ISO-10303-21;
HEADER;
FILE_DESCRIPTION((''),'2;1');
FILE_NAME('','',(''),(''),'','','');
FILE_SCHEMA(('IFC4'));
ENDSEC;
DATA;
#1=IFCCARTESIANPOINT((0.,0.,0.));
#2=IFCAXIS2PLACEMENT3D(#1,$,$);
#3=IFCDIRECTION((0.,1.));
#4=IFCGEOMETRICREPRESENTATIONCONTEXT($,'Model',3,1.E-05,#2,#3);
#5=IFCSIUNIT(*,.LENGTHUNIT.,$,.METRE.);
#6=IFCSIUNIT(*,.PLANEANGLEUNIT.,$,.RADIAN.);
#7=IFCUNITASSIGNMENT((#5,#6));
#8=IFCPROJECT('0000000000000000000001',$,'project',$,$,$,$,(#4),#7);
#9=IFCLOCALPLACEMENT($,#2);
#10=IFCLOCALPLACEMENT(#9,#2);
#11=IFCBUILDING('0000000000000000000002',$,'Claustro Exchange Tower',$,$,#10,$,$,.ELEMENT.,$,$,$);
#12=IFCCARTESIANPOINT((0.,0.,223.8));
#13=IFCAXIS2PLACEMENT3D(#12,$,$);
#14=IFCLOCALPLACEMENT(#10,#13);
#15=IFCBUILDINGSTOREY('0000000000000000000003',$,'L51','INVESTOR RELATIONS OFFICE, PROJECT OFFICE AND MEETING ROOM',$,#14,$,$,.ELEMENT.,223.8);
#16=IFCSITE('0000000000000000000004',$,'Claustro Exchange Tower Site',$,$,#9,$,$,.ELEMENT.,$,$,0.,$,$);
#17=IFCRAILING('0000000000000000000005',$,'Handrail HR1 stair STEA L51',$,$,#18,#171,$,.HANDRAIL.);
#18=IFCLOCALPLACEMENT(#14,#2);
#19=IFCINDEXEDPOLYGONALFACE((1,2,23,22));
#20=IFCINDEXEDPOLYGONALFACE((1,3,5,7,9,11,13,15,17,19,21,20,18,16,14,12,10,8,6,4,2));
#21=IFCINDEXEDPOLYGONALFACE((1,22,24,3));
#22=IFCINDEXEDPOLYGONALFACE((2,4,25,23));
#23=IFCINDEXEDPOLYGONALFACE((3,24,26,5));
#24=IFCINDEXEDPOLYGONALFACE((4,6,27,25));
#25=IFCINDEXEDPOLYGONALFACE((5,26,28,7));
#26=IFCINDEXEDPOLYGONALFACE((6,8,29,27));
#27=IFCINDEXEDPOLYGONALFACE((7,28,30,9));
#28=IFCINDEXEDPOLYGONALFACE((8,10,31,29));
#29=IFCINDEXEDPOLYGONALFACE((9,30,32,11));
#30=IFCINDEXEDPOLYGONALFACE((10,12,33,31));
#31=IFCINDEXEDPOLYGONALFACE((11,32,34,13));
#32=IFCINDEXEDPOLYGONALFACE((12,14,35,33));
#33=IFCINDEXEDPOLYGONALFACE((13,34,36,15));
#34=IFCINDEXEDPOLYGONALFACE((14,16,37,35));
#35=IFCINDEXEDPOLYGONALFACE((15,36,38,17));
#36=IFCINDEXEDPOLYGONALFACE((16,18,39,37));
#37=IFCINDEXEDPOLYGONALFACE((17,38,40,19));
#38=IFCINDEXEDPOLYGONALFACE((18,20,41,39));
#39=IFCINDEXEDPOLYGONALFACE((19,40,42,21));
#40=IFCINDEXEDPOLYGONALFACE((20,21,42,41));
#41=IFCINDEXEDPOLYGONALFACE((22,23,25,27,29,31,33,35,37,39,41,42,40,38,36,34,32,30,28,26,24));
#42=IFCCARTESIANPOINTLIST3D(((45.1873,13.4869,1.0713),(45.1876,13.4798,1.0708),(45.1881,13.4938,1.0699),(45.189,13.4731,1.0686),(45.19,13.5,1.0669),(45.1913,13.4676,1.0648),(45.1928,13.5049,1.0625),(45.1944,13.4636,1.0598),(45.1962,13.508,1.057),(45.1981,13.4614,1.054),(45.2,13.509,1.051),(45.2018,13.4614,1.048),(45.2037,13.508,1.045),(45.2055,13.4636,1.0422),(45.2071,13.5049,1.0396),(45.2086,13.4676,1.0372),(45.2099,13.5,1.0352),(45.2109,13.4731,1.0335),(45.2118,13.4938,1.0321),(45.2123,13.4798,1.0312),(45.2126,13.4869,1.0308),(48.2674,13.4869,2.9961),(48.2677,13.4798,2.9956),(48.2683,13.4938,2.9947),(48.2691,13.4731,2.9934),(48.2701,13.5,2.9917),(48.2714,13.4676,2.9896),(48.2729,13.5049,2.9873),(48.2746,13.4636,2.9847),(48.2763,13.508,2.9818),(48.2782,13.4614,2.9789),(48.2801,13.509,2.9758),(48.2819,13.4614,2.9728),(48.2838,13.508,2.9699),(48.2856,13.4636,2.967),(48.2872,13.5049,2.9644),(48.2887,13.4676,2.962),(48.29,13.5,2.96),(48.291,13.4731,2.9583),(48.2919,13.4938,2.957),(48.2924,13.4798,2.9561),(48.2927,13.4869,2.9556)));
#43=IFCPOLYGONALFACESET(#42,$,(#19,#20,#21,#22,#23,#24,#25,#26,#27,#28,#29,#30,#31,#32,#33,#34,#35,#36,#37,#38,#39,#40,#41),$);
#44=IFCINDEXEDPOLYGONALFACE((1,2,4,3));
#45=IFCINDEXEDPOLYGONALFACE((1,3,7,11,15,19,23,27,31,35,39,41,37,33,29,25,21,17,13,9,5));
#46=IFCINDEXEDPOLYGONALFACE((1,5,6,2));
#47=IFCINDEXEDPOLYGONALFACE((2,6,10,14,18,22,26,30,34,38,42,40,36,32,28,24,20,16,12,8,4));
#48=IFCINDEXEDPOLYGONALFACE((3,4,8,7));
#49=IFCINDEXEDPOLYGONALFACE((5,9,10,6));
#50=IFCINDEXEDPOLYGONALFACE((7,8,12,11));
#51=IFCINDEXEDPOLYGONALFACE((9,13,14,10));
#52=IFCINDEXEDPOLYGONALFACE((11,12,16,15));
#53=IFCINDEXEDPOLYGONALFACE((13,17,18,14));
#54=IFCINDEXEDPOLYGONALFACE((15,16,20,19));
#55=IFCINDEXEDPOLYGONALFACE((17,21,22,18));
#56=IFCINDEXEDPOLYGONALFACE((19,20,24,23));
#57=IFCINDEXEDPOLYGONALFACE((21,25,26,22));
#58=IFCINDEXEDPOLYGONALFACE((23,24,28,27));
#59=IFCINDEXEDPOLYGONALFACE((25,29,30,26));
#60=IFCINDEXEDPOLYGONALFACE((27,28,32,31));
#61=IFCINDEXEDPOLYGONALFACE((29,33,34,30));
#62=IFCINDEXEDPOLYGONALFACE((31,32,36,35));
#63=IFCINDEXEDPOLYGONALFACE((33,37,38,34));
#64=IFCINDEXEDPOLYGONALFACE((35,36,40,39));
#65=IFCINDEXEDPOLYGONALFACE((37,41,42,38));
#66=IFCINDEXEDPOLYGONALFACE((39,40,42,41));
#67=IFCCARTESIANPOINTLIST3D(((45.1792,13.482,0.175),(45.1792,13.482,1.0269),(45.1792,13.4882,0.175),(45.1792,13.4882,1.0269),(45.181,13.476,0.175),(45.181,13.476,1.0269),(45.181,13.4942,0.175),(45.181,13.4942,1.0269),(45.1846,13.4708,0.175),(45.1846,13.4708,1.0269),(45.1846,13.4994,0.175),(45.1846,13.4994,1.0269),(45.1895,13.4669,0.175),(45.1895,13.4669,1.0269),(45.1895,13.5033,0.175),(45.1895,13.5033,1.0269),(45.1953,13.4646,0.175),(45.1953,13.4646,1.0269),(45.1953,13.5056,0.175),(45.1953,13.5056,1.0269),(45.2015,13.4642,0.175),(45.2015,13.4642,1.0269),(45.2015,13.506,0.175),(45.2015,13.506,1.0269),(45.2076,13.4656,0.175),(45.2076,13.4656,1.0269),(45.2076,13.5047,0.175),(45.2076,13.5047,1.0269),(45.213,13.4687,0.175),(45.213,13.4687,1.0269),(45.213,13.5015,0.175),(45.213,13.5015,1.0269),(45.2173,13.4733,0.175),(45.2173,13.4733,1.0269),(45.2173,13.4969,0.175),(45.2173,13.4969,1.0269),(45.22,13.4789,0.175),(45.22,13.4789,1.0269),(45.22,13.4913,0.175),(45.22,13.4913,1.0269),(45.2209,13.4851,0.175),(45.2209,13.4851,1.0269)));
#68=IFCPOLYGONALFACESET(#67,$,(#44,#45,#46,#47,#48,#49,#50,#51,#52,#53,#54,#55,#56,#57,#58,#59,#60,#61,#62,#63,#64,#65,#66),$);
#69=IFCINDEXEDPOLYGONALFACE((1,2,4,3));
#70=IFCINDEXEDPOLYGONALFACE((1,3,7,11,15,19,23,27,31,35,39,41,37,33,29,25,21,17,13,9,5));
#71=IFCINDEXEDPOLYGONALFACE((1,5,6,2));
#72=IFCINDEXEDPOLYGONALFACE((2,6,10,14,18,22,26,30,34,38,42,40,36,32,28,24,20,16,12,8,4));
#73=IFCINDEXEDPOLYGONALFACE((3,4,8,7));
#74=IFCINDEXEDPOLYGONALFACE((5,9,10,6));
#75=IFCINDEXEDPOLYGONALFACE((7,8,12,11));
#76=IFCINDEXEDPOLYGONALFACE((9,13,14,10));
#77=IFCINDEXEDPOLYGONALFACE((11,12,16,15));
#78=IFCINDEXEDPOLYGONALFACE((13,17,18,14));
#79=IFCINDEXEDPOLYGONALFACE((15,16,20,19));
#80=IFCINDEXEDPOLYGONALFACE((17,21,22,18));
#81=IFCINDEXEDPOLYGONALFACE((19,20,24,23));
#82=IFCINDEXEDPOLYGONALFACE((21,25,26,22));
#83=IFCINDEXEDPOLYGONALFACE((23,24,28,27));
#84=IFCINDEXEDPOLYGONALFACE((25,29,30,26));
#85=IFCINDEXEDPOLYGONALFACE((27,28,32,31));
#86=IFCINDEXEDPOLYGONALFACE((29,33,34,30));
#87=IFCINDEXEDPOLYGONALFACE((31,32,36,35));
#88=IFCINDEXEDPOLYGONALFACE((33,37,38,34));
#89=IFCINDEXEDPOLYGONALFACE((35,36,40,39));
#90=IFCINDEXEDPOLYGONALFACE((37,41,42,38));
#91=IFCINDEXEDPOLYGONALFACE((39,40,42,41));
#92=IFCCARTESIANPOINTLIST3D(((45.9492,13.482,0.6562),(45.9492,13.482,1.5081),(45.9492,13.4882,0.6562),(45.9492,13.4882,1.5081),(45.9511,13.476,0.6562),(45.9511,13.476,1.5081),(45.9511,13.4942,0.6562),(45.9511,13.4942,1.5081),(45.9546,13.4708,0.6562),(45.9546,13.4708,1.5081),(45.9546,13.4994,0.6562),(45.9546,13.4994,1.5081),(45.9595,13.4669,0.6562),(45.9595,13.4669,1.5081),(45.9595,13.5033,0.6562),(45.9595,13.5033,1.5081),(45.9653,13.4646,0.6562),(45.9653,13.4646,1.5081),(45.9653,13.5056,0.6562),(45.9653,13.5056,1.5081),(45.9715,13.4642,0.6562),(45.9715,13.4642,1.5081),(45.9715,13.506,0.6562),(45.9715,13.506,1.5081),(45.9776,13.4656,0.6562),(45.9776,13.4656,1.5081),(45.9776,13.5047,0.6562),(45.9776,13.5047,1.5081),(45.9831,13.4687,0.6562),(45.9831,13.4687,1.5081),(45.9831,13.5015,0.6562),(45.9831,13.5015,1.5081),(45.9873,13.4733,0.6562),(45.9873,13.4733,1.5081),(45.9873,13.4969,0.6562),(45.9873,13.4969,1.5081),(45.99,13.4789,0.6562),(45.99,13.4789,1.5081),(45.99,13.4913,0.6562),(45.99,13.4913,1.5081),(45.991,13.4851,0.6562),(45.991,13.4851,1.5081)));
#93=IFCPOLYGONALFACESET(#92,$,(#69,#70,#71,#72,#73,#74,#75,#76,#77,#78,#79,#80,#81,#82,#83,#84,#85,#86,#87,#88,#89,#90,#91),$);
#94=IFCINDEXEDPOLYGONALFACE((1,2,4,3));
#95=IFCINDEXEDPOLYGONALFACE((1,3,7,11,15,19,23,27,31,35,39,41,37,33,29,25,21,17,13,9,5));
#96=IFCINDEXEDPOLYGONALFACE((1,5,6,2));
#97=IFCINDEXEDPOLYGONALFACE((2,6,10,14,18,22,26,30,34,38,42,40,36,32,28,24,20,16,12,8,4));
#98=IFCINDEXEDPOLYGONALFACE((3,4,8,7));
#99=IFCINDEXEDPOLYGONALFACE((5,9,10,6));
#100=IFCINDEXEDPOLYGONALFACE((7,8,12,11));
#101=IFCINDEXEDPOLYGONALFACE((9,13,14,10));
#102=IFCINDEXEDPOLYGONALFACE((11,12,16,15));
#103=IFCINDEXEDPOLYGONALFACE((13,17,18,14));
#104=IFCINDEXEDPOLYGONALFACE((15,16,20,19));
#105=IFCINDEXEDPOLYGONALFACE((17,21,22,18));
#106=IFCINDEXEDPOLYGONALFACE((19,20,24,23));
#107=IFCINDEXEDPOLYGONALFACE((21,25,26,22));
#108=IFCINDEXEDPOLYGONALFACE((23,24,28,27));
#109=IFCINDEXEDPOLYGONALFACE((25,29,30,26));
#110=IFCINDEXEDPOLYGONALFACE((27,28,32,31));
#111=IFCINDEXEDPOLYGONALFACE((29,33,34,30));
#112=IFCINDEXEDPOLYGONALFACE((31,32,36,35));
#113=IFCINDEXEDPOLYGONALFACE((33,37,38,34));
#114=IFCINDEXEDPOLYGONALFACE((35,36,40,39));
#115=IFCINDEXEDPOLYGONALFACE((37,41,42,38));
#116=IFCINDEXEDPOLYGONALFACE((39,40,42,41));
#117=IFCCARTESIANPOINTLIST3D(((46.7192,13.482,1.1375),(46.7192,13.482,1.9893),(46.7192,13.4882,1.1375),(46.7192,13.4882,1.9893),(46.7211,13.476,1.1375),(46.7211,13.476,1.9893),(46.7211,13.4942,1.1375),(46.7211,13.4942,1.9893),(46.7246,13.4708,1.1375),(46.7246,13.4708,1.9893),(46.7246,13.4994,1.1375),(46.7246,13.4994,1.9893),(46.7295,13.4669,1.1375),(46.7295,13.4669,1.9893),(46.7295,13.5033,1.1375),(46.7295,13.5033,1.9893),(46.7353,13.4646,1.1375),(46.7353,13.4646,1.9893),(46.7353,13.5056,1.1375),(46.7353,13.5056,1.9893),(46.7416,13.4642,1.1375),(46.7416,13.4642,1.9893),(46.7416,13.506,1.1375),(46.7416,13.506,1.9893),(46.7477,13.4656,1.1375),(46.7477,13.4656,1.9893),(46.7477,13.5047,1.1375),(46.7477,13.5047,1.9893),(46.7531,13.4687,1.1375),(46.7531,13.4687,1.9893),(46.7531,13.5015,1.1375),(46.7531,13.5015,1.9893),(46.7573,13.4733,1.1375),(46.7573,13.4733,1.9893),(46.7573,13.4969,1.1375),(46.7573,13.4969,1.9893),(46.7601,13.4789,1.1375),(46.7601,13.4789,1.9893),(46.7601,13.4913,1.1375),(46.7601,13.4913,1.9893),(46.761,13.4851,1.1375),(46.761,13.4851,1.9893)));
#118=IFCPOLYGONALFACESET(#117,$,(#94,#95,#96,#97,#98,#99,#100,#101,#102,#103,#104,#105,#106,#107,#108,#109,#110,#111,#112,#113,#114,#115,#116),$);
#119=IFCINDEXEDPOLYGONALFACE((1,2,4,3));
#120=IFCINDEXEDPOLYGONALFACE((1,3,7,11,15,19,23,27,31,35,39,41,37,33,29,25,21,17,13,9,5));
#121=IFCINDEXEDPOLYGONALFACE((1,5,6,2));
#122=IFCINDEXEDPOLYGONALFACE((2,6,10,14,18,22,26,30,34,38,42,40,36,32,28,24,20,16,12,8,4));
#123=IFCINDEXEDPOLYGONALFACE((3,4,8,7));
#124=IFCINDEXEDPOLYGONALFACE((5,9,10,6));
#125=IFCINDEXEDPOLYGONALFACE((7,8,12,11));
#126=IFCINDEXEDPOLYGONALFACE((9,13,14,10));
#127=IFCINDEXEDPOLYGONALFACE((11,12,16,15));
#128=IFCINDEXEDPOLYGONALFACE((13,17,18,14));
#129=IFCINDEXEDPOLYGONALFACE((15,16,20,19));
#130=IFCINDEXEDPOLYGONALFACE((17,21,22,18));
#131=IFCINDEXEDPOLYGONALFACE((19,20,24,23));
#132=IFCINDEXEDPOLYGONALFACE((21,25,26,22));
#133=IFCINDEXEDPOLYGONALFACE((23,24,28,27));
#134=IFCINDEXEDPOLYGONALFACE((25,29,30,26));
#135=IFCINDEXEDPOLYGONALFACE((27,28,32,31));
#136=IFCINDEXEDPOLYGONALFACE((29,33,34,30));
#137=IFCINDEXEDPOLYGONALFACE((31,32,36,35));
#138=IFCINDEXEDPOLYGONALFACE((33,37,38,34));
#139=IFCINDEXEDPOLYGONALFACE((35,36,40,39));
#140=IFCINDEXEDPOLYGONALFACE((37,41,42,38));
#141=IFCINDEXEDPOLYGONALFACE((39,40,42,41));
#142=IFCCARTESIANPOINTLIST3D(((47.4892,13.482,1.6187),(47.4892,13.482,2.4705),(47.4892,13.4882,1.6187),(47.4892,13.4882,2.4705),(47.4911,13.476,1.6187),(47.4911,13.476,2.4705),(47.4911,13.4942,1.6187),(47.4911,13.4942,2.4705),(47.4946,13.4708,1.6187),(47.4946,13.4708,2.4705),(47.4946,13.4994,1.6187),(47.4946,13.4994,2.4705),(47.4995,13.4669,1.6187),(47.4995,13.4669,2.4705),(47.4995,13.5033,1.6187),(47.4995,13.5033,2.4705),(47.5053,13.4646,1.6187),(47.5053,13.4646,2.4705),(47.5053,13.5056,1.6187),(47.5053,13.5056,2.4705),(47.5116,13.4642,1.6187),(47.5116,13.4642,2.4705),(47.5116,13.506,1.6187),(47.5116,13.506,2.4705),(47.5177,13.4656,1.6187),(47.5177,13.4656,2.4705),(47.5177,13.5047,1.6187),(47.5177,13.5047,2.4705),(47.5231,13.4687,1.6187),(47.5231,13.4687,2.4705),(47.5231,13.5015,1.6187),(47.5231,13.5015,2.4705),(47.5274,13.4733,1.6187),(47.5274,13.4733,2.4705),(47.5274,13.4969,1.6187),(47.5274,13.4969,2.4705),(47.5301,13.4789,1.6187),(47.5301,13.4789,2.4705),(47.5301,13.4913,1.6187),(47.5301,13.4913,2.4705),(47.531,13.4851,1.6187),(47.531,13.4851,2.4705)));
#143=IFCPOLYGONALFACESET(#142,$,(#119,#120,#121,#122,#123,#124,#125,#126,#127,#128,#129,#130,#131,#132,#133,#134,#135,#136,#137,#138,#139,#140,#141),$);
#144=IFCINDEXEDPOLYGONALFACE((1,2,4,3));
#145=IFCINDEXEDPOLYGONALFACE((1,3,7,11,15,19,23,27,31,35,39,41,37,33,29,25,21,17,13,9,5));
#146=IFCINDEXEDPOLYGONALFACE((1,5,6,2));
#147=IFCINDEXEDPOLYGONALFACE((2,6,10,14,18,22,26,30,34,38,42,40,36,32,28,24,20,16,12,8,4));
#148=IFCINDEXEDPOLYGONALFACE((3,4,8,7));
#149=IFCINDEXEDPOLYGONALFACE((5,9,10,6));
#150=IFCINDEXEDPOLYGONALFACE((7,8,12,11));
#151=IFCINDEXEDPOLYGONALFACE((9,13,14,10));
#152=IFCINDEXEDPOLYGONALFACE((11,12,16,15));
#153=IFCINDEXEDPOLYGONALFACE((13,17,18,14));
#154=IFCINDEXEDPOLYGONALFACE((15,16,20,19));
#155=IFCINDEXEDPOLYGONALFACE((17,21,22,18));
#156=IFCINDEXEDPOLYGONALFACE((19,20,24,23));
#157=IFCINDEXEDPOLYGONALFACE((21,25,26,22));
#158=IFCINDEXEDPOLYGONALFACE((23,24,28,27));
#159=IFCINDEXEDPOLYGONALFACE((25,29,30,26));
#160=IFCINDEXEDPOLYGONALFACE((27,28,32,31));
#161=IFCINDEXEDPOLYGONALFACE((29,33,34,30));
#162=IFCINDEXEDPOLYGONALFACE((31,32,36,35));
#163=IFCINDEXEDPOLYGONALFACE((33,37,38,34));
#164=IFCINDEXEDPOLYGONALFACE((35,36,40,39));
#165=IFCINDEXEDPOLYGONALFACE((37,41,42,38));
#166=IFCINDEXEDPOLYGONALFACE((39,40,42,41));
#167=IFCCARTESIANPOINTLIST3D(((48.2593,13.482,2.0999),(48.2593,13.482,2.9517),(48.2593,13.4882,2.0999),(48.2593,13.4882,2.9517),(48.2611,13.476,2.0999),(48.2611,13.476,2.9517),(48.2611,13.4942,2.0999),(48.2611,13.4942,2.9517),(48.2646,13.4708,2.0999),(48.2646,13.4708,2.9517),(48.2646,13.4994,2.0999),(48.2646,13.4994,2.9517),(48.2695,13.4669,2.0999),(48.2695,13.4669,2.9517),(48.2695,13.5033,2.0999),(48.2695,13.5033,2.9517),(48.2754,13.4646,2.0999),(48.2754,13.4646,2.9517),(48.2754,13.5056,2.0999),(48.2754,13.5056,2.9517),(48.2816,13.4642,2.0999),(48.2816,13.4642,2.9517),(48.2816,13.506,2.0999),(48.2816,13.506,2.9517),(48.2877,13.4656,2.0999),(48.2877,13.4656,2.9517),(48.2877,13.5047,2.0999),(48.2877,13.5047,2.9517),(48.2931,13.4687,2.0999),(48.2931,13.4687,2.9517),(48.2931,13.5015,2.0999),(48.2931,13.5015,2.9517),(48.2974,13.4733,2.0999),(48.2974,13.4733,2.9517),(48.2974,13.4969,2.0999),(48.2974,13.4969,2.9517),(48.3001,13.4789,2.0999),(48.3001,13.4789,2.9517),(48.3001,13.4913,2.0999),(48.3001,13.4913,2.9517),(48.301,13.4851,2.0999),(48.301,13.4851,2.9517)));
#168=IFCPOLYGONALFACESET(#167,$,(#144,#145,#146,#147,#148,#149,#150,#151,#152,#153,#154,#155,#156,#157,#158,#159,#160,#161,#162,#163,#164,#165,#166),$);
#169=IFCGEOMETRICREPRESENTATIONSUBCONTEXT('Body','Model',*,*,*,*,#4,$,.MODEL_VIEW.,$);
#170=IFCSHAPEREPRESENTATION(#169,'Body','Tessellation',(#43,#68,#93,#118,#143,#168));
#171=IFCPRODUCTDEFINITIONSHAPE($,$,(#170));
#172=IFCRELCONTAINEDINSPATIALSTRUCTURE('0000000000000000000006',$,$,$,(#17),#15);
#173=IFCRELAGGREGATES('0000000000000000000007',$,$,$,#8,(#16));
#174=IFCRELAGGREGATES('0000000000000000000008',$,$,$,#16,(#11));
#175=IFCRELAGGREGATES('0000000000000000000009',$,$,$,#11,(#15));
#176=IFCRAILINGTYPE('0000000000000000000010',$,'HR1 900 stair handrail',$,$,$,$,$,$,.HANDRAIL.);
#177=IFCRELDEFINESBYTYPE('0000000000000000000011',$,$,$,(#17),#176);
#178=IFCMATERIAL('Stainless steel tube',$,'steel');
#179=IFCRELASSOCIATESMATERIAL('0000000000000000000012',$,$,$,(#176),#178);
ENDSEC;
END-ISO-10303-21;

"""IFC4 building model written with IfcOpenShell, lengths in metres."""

from ifc_helpers import new_model, si_unit, direction, frame, origin, origin_2d, place, context, subcontext, project, spatial, circle, extrude, material, type_object, element, save


model = new_model("IFC4")

# Units and contexts
model_context = context("Model", 3, precision=1e-05, world=origin(), true_north=direction((0.0, 1.0)))
body_context = subcontext(model_context, "Body", "Model", "MODEL_VIEW")
ifc_project = project(units=[si_unit("LENGTHUNIT", "METRE"), si_unit("PLANEANGLEUNIT", "RADIAN")], contexts=[model_context])

# Site, building, storey
site_placement = place(None, origin())
site = spatial("IfcSite", under=ifc_project, at=site_placement, Name="Claustro Exchange Tower Site", CompositionType="ELEMENT", RefElevation=0.0)
building_placement = place(site_placement, origin())
building = spatial("IfcBuilding", under=site, at=building_placement, Name="Claustro Exchange Tower", CompositionType="ELEMENT")
storey_placement = place(building_placement, frame((0.0, 0.0, 223.8)))
storey = spatial("IfcBuildingStorey", under=building, at=storey_placement, Name="L51", Description="INVESTOR RELATIONS OFFICE, PROJECT OFFICE AND MEETING ROOM", CompositionType="ELEMENT", Elevation=223.8)

# Railing
ifc_material_1 = material(Name="Stainless steel tube", Category="steel")
railing_type_1 = type_object("IfcRailingType", Name="HR1 900 stair handrail", PredefinedType="HANDRAIL", material=ifc_material_1)
railing_1_placement = place(storey_placement, frame((45.2, 13.4851, 0.175)))
element("IfcRailing", 1, at=railing_1_placement, inside=storey, type_object=railing_type_1, Name="Handrail HR1 stair STEA L51", PredefinedType="HANDRAIL", context=body_context, shape_type="SweptSolid", body=[
    extrude(circle(Radius=0.0239, at=origin_2d()), frame((0.0, 0.0, 0.876), z_axis=(0.848029, 0.0, 0.529951), x_axis=(0.0, 1.0, 0.0)), (0.0, 0.0, 1.0), 3.6321),
    extrude(circle(Radius=0.021, at=origin_2d()), origin(), (0.0, 0.0, 1.0), 0.8518),
    extrude(circle(Radius=0.021, at=origin_2d()), frame((0.77, 0.0, 0.4812)), (0.0, 0.0, 1.0), 0.8518),
    extrude(circle(Radius=0.021, at=origin_2d()), frame((1.54, 0.0, 0.9624)), (0.0, 0.0, 1.0), 0.8518),
    extrude(circle(Radius=0.021, at=origin_2d()), frame((2.3101, 0.0, 1.4436)), (0.0, 0.0, 1.0), 0.8518),
    extrude(circle(Radius=0.021, at=origin_2d()), frame((3.0801, 0.0, 1.9248)), (0.0, 0.0, 1.0), 0.8518),
])

save(model, "model.ifc")
